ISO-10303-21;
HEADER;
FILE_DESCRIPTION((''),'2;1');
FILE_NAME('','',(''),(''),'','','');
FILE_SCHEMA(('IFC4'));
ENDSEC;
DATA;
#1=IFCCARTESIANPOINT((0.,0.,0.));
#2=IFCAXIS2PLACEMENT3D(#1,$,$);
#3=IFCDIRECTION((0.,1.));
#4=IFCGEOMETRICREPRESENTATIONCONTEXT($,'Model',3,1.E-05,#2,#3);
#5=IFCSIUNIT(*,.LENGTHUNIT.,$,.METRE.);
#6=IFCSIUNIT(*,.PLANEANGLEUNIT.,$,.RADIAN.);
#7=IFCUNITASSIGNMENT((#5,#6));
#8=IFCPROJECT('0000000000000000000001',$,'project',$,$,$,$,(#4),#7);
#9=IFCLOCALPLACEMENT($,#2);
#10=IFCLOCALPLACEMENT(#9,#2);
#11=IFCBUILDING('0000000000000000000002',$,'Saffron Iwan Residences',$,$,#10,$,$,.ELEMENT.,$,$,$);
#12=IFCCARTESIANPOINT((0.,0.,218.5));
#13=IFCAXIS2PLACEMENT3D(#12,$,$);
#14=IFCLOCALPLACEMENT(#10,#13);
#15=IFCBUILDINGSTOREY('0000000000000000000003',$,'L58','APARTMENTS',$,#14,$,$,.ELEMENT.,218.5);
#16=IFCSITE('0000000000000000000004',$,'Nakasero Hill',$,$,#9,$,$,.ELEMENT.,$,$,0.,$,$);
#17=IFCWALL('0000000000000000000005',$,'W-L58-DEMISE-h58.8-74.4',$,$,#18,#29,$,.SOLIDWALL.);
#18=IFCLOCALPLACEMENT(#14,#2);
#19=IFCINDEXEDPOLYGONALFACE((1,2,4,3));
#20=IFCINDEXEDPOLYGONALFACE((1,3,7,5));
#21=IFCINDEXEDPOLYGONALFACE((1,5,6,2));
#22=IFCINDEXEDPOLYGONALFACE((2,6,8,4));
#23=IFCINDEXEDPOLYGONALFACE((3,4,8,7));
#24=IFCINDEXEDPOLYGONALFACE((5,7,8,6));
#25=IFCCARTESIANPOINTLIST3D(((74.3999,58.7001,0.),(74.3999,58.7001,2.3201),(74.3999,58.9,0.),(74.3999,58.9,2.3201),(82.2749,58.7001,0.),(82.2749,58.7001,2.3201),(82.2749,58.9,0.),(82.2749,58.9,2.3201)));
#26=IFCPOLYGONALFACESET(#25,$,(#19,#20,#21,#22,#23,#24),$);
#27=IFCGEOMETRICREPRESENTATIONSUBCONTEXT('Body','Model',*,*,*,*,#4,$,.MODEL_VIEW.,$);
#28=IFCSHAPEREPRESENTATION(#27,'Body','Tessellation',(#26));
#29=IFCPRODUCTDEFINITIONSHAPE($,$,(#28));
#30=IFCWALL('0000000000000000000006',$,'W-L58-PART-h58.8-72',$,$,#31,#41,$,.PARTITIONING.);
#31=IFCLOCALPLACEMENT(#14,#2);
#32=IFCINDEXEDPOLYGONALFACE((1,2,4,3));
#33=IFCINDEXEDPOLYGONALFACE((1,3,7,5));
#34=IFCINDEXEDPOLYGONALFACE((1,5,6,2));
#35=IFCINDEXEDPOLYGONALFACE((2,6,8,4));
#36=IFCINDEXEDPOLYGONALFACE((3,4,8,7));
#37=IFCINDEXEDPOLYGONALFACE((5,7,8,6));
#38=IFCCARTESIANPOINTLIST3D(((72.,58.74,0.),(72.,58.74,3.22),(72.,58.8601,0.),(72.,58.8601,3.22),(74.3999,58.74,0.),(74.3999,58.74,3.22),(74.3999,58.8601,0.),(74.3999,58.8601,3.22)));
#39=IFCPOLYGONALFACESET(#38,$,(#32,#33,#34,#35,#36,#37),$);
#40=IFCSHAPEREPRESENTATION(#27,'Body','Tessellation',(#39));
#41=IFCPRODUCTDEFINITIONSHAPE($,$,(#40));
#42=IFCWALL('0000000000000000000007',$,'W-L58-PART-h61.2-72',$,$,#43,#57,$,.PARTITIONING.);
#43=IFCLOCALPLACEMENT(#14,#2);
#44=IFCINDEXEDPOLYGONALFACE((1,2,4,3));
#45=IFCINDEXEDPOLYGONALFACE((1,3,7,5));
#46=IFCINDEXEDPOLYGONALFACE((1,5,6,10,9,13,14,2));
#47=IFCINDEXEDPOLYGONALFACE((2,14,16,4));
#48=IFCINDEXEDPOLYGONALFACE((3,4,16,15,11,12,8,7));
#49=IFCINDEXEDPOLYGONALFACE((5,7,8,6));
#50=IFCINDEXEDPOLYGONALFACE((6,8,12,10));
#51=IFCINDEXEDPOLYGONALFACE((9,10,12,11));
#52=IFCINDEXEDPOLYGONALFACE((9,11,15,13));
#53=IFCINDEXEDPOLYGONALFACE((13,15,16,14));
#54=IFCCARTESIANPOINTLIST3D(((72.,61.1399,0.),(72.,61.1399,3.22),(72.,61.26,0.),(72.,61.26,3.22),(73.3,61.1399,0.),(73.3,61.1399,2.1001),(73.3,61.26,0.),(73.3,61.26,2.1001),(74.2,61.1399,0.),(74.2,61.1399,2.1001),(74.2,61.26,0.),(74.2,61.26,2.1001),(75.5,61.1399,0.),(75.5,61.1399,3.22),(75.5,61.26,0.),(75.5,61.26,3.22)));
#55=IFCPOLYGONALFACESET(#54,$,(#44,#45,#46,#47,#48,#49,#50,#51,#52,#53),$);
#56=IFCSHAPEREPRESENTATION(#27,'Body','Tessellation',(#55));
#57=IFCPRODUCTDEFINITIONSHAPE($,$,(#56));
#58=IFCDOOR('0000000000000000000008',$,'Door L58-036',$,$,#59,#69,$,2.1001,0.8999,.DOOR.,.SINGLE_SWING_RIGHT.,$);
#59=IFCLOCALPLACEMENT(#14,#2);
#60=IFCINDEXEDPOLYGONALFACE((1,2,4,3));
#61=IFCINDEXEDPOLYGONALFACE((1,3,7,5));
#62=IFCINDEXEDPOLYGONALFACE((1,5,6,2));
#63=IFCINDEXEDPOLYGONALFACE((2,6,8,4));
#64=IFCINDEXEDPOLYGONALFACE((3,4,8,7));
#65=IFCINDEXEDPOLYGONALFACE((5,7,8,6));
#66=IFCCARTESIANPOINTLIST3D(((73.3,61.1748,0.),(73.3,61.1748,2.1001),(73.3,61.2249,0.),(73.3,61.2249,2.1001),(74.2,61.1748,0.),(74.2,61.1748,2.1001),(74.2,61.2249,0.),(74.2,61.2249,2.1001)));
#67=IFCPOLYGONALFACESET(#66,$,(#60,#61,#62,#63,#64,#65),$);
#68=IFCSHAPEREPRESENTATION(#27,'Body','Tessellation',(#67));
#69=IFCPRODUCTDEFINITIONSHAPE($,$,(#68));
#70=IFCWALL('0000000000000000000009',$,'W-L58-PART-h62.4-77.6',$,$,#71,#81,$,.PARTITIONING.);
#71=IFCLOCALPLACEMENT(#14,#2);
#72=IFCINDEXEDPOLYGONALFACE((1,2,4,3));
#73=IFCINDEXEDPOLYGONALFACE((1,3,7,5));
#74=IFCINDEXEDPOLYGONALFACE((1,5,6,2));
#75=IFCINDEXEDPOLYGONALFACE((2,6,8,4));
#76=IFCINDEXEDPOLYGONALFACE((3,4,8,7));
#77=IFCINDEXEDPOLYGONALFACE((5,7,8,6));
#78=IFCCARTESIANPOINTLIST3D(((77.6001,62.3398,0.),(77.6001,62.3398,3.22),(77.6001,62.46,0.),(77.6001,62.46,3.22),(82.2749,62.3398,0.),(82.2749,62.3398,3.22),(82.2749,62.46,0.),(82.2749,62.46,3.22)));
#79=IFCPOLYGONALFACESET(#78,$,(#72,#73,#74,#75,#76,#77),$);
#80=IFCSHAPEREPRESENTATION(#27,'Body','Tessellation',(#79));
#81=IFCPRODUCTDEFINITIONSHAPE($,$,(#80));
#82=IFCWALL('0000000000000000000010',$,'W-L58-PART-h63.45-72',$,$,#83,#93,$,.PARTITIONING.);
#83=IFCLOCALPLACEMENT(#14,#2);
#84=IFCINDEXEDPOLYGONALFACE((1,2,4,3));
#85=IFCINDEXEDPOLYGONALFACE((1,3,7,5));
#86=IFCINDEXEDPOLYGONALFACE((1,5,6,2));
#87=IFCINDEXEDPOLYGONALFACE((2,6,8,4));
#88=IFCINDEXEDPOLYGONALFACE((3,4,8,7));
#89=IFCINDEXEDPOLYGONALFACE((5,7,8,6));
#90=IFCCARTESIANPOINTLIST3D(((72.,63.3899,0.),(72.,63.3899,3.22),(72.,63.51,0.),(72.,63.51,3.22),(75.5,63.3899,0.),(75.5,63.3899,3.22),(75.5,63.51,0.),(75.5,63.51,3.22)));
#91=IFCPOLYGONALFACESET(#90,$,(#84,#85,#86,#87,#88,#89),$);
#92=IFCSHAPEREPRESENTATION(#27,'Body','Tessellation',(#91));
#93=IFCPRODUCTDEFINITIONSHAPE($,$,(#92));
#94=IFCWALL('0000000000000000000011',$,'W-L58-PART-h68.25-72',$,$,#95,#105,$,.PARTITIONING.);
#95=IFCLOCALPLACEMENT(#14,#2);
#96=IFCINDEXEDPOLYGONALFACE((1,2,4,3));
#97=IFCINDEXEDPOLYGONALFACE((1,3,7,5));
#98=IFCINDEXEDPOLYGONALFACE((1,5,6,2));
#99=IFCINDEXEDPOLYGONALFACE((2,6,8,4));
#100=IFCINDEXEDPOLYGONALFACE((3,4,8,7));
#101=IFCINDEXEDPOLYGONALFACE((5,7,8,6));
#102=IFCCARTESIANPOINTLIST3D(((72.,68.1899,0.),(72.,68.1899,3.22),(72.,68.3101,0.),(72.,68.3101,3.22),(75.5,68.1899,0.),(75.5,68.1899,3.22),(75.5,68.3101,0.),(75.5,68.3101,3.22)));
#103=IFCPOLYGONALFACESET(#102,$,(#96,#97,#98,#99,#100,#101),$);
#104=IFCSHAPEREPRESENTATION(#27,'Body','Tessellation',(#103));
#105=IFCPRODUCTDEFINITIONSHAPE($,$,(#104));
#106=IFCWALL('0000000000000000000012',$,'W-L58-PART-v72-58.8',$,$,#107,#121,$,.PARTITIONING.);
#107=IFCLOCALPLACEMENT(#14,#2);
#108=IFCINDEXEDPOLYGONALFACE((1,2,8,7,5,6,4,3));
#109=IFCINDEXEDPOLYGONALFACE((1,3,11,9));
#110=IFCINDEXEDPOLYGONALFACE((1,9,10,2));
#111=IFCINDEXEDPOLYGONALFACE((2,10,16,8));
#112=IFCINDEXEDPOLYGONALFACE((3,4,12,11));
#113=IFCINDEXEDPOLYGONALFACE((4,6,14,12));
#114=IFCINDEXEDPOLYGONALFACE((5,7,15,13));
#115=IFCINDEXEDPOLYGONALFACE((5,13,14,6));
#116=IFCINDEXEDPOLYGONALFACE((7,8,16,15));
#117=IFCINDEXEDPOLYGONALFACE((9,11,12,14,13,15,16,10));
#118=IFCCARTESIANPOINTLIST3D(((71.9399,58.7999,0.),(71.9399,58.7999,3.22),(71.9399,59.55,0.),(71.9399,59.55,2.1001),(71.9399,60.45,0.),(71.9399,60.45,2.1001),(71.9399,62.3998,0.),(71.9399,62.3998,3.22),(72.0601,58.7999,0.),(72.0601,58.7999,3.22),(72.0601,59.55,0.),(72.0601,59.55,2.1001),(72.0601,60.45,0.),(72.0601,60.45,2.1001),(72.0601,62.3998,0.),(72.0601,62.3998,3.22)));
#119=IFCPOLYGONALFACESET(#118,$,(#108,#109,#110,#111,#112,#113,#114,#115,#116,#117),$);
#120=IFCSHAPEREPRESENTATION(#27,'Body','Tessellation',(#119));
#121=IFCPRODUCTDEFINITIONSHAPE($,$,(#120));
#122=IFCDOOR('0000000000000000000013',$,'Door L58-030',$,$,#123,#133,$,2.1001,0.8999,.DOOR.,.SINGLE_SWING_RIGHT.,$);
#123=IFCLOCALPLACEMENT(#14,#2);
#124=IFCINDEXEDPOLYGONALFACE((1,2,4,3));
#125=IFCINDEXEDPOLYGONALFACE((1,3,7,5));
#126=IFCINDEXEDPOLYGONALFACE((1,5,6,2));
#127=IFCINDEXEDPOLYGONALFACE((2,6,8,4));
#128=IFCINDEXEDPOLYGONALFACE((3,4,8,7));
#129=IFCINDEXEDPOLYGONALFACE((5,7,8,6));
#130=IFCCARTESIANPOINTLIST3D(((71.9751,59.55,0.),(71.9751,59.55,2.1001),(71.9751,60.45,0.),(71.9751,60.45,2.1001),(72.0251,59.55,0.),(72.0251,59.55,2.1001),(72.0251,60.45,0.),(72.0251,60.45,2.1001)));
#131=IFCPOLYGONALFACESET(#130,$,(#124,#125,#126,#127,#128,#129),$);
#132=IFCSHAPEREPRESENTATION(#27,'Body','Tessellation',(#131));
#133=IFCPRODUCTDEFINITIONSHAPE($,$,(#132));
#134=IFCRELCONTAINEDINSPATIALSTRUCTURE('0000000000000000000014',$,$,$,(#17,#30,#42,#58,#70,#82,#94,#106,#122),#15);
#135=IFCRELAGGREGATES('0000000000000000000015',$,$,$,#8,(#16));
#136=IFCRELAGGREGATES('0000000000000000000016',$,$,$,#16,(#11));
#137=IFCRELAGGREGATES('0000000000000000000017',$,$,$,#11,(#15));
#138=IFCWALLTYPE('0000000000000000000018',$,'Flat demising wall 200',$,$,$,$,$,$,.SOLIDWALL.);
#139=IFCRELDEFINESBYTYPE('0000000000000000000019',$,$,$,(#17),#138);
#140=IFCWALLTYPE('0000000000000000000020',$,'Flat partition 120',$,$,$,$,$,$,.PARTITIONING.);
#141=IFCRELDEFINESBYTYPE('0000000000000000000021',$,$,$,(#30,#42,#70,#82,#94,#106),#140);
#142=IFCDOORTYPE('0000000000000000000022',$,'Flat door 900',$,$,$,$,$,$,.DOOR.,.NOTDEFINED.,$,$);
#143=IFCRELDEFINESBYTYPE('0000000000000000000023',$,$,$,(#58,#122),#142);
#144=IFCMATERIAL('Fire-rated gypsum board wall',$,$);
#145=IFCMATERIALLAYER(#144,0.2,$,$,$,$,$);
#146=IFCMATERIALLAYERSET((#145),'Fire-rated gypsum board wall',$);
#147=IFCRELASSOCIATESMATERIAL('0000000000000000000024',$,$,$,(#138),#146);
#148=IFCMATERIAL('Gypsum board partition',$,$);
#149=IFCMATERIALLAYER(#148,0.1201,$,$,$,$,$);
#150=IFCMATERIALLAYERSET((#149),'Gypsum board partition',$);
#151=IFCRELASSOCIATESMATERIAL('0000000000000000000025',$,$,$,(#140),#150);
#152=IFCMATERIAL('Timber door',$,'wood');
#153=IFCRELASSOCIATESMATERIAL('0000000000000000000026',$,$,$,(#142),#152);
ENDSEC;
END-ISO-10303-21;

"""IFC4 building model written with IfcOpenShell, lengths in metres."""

from ifc_helpers import new_model, si_unit, direction, frame, frame_2d, origin, place, context, subcontext, project, spatial, rectangle, extrude, material, layer, layer_set, type_object, element, fill, save


model = new_model("IFC4")

# Units and contexts
model_context = context("Model", 3, precision=1e-05, world=origin(), true_north=direction((0.0, 1.0)))
body_context = subcontext(model_context, "Body", "Model", "MODEL_VIEW")
ifc_project = project(units=[si_unit("LENGTHUNIT", "METRE"), si_unit("PLANEANGLEUNIT", "RADIAN")], contexts=[model_context])

# Site, building, storey
site_placement = place(None, origin())
site = spatial("IfcSite", under=ifc_project, at=site_placement, Name="Nakasero Hill", CompositionType="ELEMENT", RefElevation=0.0)
building_placement = place(site_placement, origin())
building = spatial("IfcBuilding", under=site, at=building_placement, Name="Saffron Iwan Residences", CompositionType="ELEMENT")
storey_placement = place(building_placement, frame((0.0, 0.0, 218.5)))
storey = spatial("IfcBuildingStorey", under=building, at=storey_placement, Name="L58", Description="APARTMENTS", CompositionType="ELEMENT", Elevation=218.5)

# Walls
ifc_material_1 = material(Name="Fire-rated gypsum board wall")
ifc_layer_1 = layer(ifc_material_1, 0.2)
ifc_layer_set_1 = layer_set([ifc_layer_1], Name="Fire-rated gypsum board wall")
wall_type_1 = type_object("IfcWallType", Name="Flat demising wall 200", PredefinedType="SOLIDWALL", material=ifc_layer_set_1)
wall_1_placement = place(storey_placement, frame((74.3999, 58.8, 0.0), z_axis=(0.0, 0.0, 1.0), x_axis=(1.0, 0.0, 0.0)))
element("IfcWall", 1, at=wall_1_placement, inside=storey, type_object=wall_type_1, Name="W-L58-DEMISE-h58.8-74.4", PredefinedType="SOLIDWALL", context=body_context, shape_type="SweptSolid", body=[
    extrude(rectangle(XDim=7.875, YDim=0.2, at=frame_2d((3.9375, 0.0))), origin(), (0.0, 0.0, 1.0), 2.3201),
])
ifc_material_2 = material(Name="Gypsum board partition")
ifc_layer_2 = layer(ifc_material_2, 0.1201)
ifc_layer_set_2 = layer_set([ifc_layer_2], Name="Gypsum board partition")
wall_type_2 = type_object("IfcWallType", Name="Flat partition 120", PredefinedType="PARTITIONING", material=ifc_layer_set_2)
wall_2_placement = place(storey_placement, frame((72.0, 58.8, 0.0), z_axis=(0.0, 0.0, 1.0), x_axis=(1.0, 0.0, 0.0)))
element("IfcWall", 2, at=wall_2_placement, inside=storey, type_object=wall_type_2, Name="W-L58-PART-h58.8-72", PredefinedType="PARTITIONING", context=body_context, shape_type="SweptSolid", body=[
    extrude(rectangle(XDim=2.3999, YDim=0.1201, at=frame_2d((1.2, 0.0))), origin(), (0.0, 0.0, 1.0), 3.22),
])

# Wall, opening, door
wall_3_placement = place(storey_placement, frame((72.0, 61.2, 0.0), z_axis=(0.0, 0.0, 1.0), x_axis=(1.0, 0.0, 0.0)))
wall_3 = element("IfcWall", 3, at=wall_3_placement, inside=storey, type_object=wall_type_2, Name="W-L58-PART-h61.2-72", PredefinedType="PARTITIONING", context=body_context, shape_type="SweptSolid", body=[
    extrude(rectangle(XDim=3.5, YDim=0.1201, at=frame_2d((1.75, 0.0))), origin(), (0.0, 0.0, 1.0), 3.22),
])
opening_1_placement = place(wall_3_placement, frame((1.3, 0.0, 0.0)))
opening_1 = element("IfcOpeningElement", 4, at=opening_1_placement, cuts=wall_3, PredefinedType="OPENING", context=body_context, shape_type="SweptSolid", body=[
    extrude(rectangle(XDim=0.8999, YDim=2.1001, at=frame_2d((0.45, 1.05))), frame((0.0, 0.0701, 0.0), z_axis=(0.0, -1.0, 0.0), x_axis=(1.0, 0.0, 0.0)), (0.0, 0.0, 1.0), 0.1401),
])
ifc_material_3 = material(Name="Timber door", Category="wood")
door_type_1 = type_object("IfcDoorType", Name="Flat door 900", OperationType="NOTDEFINED", PredefinedType="DOOR", material=ifc_material_3)
door_1_placement = place(opening_1_placement, origin())
door_1 = element("IfcDoor", 5, at=door_1_placement, inside=storey, type_object=door_type_1, Name="Door L58-036", OperationType="SINGLE_SWING_RIGHT", OverallHeight=2.1001, OverallWidth=0.8999, PredefinedType="DOOR", context=body_context, shape_type="SweptSolid", body=[
    extrude(rectangle(XDim=0.8999, YDim=2.1001, at=frame_2d((0.45, 1.05))), frame((0.0, 0.0249, 0.0), z_axis=(0.0, -1.0, 0.0), x_axis=(1.0, 0.0, 0.0)), (0.0, 0.0, 1.0), 0.05),
])
fill(opening_1, door_1)

# Walls
wall_4_placement = place(storey_placement, frame((77.6001, 62.3999, 0.0), z_axis=(0.0, 0.0, 1.0), x_axis=(1.0, 0.0, 0.0)))
element("IfcWall", 6, at=wall_4_placement, inside=storey, type_object=wall_type_2, Name="W-L58-PART-h62.4-77.6", PredefinedType="PARTITIONING", context=body_context, shape_type="SweptSolid", body=[
    extrude(rectangle(XDim=4.6748, YDim=0.1201, at=frame_2d((2.3374, 0.0))), origin(), (0.0, 0.0, 1.0), 3.22),
])
for number, where, z_axis, x_axis, name in (
    (7, (72.0, 63.45, 0.0), (0.0, 0.0, 1.0), (1.0, 0.0, 0.0), "W-L58-PART-h63.45-72"),
    (8, (72.0, 68.25, 0.0), (0.0, 0.0, 1.0), (1.0, 0.0, 0.0), "W-L58-PART-h68.25-72"),
):
    element("IfcWall", number, at=place(storey_placement, frame(where, z_axis=z_axis, x_axis=x_axis)), inside=storey, type_object=wall_type_2, Name=name, PredefinedType="PARTITIONING", context=body_context, shape_type="SweptSolid", body=[
        extrude(rectangle(XDim=3.5, YDim=0.1201, at=frame_2d((1.75, 0.0))), origin(), (0.0, 0.0, 1.0), 3.22),
    ])

# Wall, opening, door
wall_5_placement = place(storey_placement, frame((72.0, 58.8, 0.0), z_axis=(0.0, 0.0, 1.0), x_axis=(0.0, 1.0, 0.0)))
wall_5 = element("IfcWall", 9, at=wall_5_placement, inside=storey, type_object=wall_type_2, Name="W-L58-PART-v72-58.8", PredefinedType="PARTITIONING", context=body_context, shape_type="SweptSolid", body=[
    extrude(rectangle(XDim=3.5999, YDim=0.1201, at=frame_2d((1.7998, 0.0))), origin(), (0.0, 0.0, 1.0), 3.22),
])
opening_2_placement = place(wall_5_placement, frame((0.75, 0.0, 0.0)))
opening_2 = element("IfcOpeningElement", 10, at=opening_2_placement, cuts=wall_5, PredefinedType="OPENING", context=body_context, shape_type="SweptSolid", body=[
    extrude(rectangle(XDim=0.8999, YDim=2.1001, at=frame_2d((0.45, 1.05))), frame((0.0, 0.0701, 0.0), z_axis=(0.0, -1.0, 0.0), x_axis=(1.0, 0.0, 0.0)), (0.0, 0.0, 1.0), 0.1401),
])
door_2_placement = place(opening_2_placement, origin())
door_2 = element("IfcDoor", 11, at=door_2_placement, inside=storey, type_object=door_type_1, Name="Door L58-030", OperationType="SINGLE_SWING_RIGHT", OverallHeight=2.1001, OverallWidth=0.8999, PredefinedType="DOOR", context=body_context, shape_type="SweptSolid", body=[
    extrude(rectangle(XDim=0.8999, YDim=2.1001, at=frame_2d((0.45, 1.05))), frame((0.0, 0.0249, 0.0), z_axis=(0.0, -1.0, 0.0), x_axis=(1.0, 0.0, 0.0)), (0.0, 0.0, 1.0), 0.05),
])
fill(opening_2, door_2)

save(model, "model.ifc")
